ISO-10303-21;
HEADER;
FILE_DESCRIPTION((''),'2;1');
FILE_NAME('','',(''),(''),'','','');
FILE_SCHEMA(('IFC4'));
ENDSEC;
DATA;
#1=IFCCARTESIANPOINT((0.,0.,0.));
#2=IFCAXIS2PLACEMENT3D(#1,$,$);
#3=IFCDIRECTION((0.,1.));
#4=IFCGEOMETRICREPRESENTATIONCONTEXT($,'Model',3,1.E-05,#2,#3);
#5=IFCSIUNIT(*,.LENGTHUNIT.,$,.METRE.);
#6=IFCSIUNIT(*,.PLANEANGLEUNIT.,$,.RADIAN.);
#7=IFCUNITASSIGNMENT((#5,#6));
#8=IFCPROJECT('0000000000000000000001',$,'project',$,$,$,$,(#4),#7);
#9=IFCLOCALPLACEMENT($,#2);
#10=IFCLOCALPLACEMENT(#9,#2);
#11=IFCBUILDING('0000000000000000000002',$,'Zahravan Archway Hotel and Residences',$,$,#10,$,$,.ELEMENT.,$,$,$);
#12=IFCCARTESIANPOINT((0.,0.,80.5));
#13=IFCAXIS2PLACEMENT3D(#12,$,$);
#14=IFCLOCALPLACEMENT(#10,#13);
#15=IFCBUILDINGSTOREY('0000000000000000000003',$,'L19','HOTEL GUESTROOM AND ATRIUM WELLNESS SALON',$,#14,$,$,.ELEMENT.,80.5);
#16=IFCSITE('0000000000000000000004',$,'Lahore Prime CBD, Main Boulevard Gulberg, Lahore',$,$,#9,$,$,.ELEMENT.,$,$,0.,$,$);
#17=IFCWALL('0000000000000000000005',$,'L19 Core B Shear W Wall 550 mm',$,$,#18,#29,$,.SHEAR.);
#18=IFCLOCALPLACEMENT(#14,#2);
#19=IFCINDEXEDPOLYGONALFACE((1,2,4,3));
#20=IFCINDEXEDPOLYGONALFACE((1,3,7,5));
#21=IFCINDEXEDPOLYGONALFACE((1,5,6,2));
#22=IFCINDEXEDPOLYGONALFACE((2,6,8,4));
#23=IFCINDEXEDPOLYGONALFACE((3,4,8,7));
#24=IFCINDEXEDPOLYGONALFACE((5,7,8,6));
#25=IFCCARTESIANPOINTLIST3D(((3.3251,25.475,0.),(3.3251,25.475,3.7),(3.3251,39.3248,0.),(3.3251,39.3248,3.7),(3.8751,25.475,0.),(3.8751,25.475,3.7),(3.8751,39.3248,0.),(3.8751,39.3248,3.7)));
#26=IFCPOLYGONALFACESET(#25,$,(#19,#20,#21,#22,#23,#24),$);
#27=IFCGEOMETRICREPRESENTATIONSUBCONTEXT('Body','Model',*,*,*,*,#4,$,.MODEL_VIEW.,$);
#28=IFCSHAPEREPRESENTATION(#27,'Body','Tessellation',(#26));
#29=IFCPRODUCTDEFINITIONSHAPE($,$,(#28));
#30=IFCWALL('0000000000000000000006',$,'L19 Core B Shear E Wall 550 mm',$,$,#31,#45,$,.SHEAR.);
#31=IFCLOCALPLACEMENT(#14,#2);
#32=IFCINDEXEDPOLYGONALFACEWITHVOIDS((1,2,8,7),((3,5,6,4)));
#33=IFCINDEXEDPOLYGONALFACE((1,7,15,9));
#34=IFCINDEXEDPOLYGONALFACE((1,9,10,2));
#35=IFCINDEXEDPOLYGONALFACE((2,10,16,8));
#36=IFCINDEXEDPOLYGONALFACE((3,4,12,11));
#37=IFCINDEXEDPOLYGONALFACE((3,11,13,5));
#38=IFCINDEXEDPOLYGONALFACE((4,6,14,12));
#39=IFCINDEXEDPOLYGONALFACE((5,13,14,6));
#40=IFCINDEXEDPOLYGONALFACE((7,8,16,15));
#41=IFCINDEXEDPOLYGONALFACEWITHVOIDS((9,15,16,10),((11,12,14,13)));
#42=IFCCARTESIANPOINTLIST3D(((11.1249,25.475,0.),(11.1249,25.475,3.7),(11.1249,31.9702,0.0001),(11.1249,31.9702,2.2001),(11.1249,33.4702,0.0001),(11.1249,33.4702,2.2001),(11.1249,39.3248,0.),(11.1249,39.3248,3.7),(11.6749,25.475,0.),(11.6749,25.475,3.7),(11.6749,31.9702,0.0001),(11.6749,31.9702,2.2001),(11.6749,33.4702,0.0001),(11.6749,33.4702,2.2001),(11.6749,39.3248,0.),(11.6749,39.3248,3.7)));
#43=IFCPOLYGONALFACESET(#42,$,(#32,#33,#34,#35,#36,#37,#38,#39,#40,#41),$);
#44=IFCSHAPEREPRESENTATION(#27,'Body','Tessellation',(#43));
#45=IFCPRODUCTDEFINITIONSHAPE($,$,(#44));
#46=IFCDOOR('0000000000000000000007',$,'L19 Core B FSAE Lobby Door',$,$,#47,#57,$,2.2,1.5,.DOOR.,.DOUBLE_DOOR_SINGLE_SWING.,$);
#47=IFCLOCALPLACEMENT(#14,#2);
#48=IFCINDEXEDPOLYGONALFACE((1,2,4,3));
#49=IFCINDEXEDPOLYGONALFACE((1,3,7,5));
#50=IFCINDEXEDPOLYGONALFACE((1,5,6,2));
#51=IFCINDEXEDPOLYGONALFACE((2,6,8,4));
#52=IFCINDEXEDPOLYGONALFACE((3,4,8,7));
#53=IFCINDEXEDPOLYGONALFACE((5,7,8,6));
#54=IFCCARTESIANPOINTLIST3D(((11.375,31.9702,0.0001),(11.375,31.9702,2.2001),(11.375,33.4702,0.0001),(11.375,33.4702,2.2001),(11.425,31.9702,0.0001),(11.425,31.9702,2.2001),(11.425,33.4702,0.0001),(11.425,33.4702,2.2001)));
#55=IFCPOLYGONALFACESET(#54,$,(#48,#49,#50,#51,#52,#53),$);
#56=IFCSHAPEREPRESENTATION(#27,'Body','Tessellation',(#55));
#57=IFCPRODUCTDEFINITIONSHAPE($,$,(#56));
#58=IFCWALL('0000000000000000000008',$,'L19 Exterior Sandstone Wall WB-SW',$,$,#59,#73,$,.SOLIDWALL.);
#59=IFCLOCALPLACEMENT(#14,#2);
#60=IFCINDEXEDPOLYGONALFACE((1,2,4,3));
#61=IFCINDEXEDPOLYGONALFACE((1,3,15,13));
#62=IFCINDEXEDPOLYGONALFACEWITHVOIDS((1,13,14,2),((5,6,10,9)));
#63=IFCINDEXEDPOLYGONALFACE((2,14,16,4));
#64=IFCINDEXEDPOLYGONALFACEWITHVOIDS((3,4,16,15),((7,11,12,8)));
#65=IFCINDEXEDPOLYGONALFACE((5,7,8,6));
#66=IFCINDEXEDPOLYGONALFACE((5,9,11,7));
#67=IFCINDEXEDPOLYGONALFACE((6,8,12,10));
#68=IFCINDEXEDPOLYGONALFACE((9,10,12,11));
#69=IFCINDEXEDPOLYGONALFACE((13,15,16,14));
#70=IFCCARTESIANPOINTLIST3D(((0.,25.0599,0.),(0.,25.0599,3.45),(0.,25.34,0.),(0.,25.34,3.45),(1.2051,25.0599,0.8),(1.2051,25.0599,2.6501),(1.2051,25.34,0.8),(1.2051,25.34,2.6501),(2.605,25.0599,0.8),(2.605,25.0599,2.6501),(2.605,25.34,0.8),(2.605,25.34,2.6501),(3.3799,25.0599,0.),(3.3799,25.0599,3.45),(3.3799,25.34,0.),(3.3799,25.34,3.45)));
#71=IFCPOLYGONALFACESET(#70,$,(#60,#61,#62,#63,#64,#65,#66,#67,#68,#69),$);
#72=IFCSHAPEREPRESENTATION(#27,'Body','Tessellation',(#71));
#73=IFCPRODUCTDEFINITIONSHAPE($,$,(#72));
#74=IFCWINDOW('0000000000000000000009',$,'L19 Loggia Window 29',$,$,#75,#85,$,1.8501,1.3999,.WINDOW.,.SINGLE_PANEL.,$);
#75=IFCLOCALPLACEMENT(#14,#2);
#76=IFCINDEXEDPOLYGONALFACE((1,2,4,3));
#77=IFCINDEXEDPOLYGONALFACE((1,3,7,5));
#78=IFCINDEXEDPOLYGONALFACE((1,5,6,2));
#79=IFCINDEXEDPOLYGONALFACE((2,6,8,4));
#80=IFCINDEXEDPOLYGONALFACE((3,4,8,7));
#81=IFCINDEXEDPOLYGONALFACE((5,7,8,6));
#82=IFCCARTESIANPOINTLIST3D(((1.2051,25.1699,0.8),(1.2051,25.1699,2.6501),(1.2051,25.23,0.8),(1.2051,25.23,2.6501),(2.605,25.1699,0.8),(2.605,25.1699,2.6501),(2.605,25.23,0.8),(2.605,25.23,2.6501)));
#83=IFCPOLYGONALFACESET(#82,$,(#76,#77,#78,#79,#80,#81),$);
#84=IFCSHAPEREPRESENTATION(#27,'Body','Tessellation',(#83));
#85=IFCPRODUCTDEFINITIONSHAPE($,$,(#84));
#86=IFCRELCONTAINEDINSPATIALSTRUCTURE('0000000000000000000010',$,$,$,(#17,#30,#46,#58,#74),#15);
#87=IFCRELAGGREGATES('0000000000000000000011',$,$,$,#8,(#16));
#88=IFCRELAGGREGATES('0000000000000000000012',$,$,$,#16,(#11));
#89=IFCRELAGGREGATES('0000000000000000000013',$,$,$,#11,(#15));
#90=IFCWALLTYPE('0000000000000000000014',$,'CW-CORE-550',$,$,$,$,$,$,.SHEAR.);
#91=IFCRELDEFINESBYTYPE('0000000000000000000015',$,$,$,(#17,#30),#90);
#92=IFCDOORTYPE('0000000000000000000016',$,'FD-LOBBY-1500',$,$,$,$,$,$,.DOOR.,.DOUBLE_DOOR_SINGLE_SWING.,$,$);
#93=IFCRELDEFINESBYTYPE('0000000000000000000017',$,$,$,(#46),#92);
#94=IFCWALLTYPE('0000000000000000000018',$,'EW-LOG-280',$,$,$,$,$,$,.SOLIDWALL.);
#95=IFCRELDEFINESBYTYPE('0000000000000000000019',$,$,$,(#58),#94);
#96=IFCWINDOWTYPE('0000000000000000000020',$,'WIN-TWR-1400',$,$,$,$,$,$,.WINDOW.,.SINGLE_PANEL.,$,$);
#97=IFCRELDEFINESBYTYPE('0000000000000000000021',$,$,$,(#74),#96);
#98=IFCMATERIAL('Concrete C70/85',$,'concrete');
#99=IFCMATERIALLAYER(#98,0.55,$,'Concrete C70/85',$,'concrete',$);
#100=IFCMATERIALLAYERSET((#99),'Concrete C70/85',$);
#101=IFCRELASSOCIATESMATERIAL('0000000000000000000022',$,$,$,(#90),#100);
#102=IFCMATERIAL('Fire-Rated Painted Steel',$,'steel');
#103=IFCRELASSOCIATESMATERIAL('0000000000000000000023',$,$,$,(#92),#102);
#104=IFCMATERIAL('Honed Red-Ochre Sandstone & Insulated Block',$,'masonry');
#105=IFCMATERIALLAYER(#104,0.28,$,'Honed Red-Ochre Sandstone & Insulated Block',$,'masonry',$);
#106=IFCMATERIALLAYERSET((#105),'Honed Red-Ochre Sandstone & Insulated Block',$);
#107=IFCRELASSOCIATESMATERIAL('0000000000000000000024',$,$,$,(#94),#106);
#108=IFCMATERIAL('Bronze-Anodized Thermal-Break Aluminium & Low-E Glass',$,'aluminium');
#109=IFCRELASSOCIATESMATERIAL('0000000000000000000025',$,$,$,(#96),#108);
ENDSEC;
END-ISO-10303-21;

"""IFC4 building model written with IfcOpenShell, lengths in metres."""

from ifc_helpers import new_model, si_unit, direction, frame, frame_2d, origin, place, context, subcontext, project, spatial, rectangle, extrude, source, transform, mapped, material, layer, layer_set, type_object, type_shapes, element, fill, save


model = new_model("IFC4")

# Units and contexts
model_context = context("Model", 3, precision=1e-05, world=origin(), true_north=direction((0.0, 1.0)))
body_context = subcontext(model_context, "Body", "Model", "MODEL_VIEW")
ifc_project = project(units=[si_unit("LENGTHUNIT", "METRE"), si_unit("PLANEANGLEUNIT", "RADIAN")], contexts=[model_context])

# Site, building, storey
site_placement = place(None, origin())
site = spatial("IfcSite", under=ifc_project, at=site_placement, Name="Lahore Prime CBD, Main Boulevard Gulberg, Lahore", CompositionType="ELEMENT", RefElevation=0.0)
building_placement = place(site_placement, origin())
building = spatial("IfcBuilding", under=site, at=building_placement, Name="Zahravan Archway Hotel and Residences", CompositionType="ELEMENT")
storey_placement = place(building_placement, frame((0.0, 0.0, 80.5)))
storey = spatial("IfcBuildingStorey", under=building, at=storey_placement, Name="L19", Description="HOTEL GUESTROOM AND ATRIUM WELLNESS SALON", CompositionType="ELEMENT", Elevation=80.5)

# Shared definitions
ifc_material_1 = material(Name="Concrete C70/85", Category="concrete")

# Wall
ifc_layer_1 = layer(ifc_material_1, 0.55, Name="Concrete C70/85", Category="concrete")
ifc_layer_set_1 = layer_set([ifc_layer_1], Name="Concrete C70/85")
wall_type_1 = type_object("IfcWallType", Name="CW-CORE-550", PredefinedType="SHEAR", material=ifc_layer_set_1)
wall_1_placement = place(storey_placement, frame((3.6001, 25.4751, 0.0), z_axis=(0.0, 0.0, 1.0), x_axis=(0.0, 1.0, 0.0)))
element("IfcWall", 1, at=wall_1_placement, inside=storey, type_object=wall_type_1, Name="L19 Core B Shear W Wall 550 mm", PredefinedType="SHEAR", context=body_context, shape_type="SweptSolid", body=[
    extrude(rectangle(XDim=13.8499, YDim=0.55, at=frame_2d((6.9248, 0.0))), origin(), (0.0, 0.0, 1.0), 3.7),
])

# Wall, opening, door
wall_2_placement = place(storey_placement, frame((11.3999, 25.4751, 0.0), z_axis=(0.0, 0.0, 1.0), x_axis=(0.0, 1.0, 0.0)))
wall_2 = element("IfcWall", 2, at=wall_2_placement, inside=storey, type_object=wall_type_1, Name="L19 Core B Shear E Wall 550 mm", PredefinedType="SHEAR", context=body_context, shape_type="SweptSolid", body=[
    extrude(rectangle(XDim=13.8499, YDim=0.55, at=frame_2d((6.9248, 0.0))), origin(), (0.0, 0.0, 1.0), 3.7),
])
opening_1_placement = place(wall_2_placement, frame((6.4951, 0.0, 0.0)))
opening_1 = element("IfcOpeningElement", 3, at=opening_1_placement, cuts=wall_2, PredefinedType="OPENING", context=body_context, shape_type="SweptSolid", body=[
    extrude(rectangle(XDim=1.5, YDim=2.2, at=frame_2d((0.75, 1.1001))), frame((0.0, 0.2852, 0.0), z_axis=(0.0, -1.0, 0.0), x_axis=(1.0, 0.0, 0.0)), (0.0, 0.0, 1.0), 0.5701),
])
ifc_material_2 = material(Name="Fire-Rated Painted Steel", Category="steel")
door_type_1 = type_object("IfcDoorType", Name="FD-LOBBY-1500", OperationType="DOUBLE_DOOR_SINGLE_SWING", PredefinedType="DOOR", material=ifc_material_2)
shared_shape_1 = source(origin(), body_context, "Body", "SweptSolid", [
    extrude(rectangle(XDim=1.5, YDim=2.2, at=frame_2d((0.75, 1.1001))), frame((0.0, 0.0249, 0.0), z_axis=(0.0, -1.0, 0.0), x_axis=(1.0, 0.0, 0.0)), (0.0, 0.0, 1.0), 0.05),
])
type_shapes(door_type_1, [shared_shape_1])
door_1_placement = place(opening_1_placement, origin())
door_1 = element("IfcDoor", 4, at=door_1_placement, inside=storey, type_object=door_type_1, Name="L19 Core B FSAE Lobby Door", OperationType="DOUBLE_DOOR_SINGLE_SWING", OverallHeight=2.2, OverallWidth=1.5, PredefinedType="DOOR", context=body_context, shape_type="MappedRepresentation", body=[
    mapped(shared_shape_1, transform((0.0, 0.0, 0.0), scale=1.0)),
])
fill(opening_1, door_1)

# Wall, opening, window
ifc_material_3 = material(Name="Honed Red-Ochre Sandstone & Insulated Block", Category="masonry")
ifc_layer_2 = layer(ifc_material_3, 0.28, Name="Honed Red-Ochre Sandstone & Insulated Block", Category="masonry")
ifc_layer_set_2 = layer_set([ifc_layer_2], Name="Honed Red-Ochre Sandstone & Insulated Block")
wall_type_2 = type_object("IfcWallType", Name="EW-LOG-280", PredefinedType="SOLIDWALL", material=ifc_layer_set_2)
wall_3_placement = place(storey_placement, frame((0.0, 25.2, 0.0), z_axis=(0.0, 0.0, 1.0), x_axis=(1.0, 0.0, 0.0)))
wall_3 = element("IfcWall", 5, at=wall_3_placement, inside=storey, type_object=wall_type_2, Name="L19 Exterior Sandstone Wall WB-SW", PredefinedType="SOLIDWALL", context=body_context, shape_type="SweptSolid", body=[
    extrude(rectangle(XDim=3.3799, YDim=0.28, at=frame_2d((1.6899, 0.0))), origin(), (0.0, 0.0, 1.0), 3.45),
])
opening_2_placement = place(wall_3_placement, frame((1.2051, 0.0, 0.8)))
opening_2 = element("IfcOpeningElement", 6, at=opening_2_placement, cuts=wall_3, PredefinedType="OPENING", context=body_context, shape_type="SweptSolid", body=[
    extrude(rectangle(XDim=1.3999, YDim=1.8501, at=frame_2d((0.7, 0.925))), frame((0.0, 0.1499, 0.0), z_axis=(0.0, -1.0, 0.0), x_axis=(1.0, 0.0, 0.0)), (0.0, 0.0, 1.0), 0.3),
])
ifc_material_4 = material(Name="Bronze-Anodized Thermal-Break Aluminium & Low-E Glass", Category="aluminium")
window_type_1 = type_object("IfcWindowType", Name="WIN-TWR-1400", PartitioningType="SINGLE_PANEL", PredefinedType="WINDOW", material=ifc_material_4)
shared_shape_2 = source(origin(), body_context, "Body", "SweptSolid", [
    extrude(rectangle(XDim=1.3999, YDim=1.8501, at=frame_2d((0.7, 0.925))), frame((0.0, 0.03, 0.0), z_axis=(0.0, -1.0, 0.0), x_axis=(1.0, 0.0, 0.0)), (0.0, 0.0, 1.0), 0.0601),
])
type_shapes(window_type_1, [shared_shape_2])
window_1_placement = place(opening_2_placement, origin())
window_1 = element("IfcWindow", 7, at=window_1_placement, inside=storey, type_object=window_type_1, Name="L19 Loggia Window 29", OverallHeight=1.8501, OverallWidth=1.3999, PartitioningType="SINGLE_PANEL", PredefinedType="WINDOW", context=body_context, shape_type="MappedRepresentation", body=[
    mapped(shared_shape_2, transform((0.0, 0.0, 0.0), scale=1.0)),
])
fill(opening_2, window_1)

save(model, "model.ifc")
